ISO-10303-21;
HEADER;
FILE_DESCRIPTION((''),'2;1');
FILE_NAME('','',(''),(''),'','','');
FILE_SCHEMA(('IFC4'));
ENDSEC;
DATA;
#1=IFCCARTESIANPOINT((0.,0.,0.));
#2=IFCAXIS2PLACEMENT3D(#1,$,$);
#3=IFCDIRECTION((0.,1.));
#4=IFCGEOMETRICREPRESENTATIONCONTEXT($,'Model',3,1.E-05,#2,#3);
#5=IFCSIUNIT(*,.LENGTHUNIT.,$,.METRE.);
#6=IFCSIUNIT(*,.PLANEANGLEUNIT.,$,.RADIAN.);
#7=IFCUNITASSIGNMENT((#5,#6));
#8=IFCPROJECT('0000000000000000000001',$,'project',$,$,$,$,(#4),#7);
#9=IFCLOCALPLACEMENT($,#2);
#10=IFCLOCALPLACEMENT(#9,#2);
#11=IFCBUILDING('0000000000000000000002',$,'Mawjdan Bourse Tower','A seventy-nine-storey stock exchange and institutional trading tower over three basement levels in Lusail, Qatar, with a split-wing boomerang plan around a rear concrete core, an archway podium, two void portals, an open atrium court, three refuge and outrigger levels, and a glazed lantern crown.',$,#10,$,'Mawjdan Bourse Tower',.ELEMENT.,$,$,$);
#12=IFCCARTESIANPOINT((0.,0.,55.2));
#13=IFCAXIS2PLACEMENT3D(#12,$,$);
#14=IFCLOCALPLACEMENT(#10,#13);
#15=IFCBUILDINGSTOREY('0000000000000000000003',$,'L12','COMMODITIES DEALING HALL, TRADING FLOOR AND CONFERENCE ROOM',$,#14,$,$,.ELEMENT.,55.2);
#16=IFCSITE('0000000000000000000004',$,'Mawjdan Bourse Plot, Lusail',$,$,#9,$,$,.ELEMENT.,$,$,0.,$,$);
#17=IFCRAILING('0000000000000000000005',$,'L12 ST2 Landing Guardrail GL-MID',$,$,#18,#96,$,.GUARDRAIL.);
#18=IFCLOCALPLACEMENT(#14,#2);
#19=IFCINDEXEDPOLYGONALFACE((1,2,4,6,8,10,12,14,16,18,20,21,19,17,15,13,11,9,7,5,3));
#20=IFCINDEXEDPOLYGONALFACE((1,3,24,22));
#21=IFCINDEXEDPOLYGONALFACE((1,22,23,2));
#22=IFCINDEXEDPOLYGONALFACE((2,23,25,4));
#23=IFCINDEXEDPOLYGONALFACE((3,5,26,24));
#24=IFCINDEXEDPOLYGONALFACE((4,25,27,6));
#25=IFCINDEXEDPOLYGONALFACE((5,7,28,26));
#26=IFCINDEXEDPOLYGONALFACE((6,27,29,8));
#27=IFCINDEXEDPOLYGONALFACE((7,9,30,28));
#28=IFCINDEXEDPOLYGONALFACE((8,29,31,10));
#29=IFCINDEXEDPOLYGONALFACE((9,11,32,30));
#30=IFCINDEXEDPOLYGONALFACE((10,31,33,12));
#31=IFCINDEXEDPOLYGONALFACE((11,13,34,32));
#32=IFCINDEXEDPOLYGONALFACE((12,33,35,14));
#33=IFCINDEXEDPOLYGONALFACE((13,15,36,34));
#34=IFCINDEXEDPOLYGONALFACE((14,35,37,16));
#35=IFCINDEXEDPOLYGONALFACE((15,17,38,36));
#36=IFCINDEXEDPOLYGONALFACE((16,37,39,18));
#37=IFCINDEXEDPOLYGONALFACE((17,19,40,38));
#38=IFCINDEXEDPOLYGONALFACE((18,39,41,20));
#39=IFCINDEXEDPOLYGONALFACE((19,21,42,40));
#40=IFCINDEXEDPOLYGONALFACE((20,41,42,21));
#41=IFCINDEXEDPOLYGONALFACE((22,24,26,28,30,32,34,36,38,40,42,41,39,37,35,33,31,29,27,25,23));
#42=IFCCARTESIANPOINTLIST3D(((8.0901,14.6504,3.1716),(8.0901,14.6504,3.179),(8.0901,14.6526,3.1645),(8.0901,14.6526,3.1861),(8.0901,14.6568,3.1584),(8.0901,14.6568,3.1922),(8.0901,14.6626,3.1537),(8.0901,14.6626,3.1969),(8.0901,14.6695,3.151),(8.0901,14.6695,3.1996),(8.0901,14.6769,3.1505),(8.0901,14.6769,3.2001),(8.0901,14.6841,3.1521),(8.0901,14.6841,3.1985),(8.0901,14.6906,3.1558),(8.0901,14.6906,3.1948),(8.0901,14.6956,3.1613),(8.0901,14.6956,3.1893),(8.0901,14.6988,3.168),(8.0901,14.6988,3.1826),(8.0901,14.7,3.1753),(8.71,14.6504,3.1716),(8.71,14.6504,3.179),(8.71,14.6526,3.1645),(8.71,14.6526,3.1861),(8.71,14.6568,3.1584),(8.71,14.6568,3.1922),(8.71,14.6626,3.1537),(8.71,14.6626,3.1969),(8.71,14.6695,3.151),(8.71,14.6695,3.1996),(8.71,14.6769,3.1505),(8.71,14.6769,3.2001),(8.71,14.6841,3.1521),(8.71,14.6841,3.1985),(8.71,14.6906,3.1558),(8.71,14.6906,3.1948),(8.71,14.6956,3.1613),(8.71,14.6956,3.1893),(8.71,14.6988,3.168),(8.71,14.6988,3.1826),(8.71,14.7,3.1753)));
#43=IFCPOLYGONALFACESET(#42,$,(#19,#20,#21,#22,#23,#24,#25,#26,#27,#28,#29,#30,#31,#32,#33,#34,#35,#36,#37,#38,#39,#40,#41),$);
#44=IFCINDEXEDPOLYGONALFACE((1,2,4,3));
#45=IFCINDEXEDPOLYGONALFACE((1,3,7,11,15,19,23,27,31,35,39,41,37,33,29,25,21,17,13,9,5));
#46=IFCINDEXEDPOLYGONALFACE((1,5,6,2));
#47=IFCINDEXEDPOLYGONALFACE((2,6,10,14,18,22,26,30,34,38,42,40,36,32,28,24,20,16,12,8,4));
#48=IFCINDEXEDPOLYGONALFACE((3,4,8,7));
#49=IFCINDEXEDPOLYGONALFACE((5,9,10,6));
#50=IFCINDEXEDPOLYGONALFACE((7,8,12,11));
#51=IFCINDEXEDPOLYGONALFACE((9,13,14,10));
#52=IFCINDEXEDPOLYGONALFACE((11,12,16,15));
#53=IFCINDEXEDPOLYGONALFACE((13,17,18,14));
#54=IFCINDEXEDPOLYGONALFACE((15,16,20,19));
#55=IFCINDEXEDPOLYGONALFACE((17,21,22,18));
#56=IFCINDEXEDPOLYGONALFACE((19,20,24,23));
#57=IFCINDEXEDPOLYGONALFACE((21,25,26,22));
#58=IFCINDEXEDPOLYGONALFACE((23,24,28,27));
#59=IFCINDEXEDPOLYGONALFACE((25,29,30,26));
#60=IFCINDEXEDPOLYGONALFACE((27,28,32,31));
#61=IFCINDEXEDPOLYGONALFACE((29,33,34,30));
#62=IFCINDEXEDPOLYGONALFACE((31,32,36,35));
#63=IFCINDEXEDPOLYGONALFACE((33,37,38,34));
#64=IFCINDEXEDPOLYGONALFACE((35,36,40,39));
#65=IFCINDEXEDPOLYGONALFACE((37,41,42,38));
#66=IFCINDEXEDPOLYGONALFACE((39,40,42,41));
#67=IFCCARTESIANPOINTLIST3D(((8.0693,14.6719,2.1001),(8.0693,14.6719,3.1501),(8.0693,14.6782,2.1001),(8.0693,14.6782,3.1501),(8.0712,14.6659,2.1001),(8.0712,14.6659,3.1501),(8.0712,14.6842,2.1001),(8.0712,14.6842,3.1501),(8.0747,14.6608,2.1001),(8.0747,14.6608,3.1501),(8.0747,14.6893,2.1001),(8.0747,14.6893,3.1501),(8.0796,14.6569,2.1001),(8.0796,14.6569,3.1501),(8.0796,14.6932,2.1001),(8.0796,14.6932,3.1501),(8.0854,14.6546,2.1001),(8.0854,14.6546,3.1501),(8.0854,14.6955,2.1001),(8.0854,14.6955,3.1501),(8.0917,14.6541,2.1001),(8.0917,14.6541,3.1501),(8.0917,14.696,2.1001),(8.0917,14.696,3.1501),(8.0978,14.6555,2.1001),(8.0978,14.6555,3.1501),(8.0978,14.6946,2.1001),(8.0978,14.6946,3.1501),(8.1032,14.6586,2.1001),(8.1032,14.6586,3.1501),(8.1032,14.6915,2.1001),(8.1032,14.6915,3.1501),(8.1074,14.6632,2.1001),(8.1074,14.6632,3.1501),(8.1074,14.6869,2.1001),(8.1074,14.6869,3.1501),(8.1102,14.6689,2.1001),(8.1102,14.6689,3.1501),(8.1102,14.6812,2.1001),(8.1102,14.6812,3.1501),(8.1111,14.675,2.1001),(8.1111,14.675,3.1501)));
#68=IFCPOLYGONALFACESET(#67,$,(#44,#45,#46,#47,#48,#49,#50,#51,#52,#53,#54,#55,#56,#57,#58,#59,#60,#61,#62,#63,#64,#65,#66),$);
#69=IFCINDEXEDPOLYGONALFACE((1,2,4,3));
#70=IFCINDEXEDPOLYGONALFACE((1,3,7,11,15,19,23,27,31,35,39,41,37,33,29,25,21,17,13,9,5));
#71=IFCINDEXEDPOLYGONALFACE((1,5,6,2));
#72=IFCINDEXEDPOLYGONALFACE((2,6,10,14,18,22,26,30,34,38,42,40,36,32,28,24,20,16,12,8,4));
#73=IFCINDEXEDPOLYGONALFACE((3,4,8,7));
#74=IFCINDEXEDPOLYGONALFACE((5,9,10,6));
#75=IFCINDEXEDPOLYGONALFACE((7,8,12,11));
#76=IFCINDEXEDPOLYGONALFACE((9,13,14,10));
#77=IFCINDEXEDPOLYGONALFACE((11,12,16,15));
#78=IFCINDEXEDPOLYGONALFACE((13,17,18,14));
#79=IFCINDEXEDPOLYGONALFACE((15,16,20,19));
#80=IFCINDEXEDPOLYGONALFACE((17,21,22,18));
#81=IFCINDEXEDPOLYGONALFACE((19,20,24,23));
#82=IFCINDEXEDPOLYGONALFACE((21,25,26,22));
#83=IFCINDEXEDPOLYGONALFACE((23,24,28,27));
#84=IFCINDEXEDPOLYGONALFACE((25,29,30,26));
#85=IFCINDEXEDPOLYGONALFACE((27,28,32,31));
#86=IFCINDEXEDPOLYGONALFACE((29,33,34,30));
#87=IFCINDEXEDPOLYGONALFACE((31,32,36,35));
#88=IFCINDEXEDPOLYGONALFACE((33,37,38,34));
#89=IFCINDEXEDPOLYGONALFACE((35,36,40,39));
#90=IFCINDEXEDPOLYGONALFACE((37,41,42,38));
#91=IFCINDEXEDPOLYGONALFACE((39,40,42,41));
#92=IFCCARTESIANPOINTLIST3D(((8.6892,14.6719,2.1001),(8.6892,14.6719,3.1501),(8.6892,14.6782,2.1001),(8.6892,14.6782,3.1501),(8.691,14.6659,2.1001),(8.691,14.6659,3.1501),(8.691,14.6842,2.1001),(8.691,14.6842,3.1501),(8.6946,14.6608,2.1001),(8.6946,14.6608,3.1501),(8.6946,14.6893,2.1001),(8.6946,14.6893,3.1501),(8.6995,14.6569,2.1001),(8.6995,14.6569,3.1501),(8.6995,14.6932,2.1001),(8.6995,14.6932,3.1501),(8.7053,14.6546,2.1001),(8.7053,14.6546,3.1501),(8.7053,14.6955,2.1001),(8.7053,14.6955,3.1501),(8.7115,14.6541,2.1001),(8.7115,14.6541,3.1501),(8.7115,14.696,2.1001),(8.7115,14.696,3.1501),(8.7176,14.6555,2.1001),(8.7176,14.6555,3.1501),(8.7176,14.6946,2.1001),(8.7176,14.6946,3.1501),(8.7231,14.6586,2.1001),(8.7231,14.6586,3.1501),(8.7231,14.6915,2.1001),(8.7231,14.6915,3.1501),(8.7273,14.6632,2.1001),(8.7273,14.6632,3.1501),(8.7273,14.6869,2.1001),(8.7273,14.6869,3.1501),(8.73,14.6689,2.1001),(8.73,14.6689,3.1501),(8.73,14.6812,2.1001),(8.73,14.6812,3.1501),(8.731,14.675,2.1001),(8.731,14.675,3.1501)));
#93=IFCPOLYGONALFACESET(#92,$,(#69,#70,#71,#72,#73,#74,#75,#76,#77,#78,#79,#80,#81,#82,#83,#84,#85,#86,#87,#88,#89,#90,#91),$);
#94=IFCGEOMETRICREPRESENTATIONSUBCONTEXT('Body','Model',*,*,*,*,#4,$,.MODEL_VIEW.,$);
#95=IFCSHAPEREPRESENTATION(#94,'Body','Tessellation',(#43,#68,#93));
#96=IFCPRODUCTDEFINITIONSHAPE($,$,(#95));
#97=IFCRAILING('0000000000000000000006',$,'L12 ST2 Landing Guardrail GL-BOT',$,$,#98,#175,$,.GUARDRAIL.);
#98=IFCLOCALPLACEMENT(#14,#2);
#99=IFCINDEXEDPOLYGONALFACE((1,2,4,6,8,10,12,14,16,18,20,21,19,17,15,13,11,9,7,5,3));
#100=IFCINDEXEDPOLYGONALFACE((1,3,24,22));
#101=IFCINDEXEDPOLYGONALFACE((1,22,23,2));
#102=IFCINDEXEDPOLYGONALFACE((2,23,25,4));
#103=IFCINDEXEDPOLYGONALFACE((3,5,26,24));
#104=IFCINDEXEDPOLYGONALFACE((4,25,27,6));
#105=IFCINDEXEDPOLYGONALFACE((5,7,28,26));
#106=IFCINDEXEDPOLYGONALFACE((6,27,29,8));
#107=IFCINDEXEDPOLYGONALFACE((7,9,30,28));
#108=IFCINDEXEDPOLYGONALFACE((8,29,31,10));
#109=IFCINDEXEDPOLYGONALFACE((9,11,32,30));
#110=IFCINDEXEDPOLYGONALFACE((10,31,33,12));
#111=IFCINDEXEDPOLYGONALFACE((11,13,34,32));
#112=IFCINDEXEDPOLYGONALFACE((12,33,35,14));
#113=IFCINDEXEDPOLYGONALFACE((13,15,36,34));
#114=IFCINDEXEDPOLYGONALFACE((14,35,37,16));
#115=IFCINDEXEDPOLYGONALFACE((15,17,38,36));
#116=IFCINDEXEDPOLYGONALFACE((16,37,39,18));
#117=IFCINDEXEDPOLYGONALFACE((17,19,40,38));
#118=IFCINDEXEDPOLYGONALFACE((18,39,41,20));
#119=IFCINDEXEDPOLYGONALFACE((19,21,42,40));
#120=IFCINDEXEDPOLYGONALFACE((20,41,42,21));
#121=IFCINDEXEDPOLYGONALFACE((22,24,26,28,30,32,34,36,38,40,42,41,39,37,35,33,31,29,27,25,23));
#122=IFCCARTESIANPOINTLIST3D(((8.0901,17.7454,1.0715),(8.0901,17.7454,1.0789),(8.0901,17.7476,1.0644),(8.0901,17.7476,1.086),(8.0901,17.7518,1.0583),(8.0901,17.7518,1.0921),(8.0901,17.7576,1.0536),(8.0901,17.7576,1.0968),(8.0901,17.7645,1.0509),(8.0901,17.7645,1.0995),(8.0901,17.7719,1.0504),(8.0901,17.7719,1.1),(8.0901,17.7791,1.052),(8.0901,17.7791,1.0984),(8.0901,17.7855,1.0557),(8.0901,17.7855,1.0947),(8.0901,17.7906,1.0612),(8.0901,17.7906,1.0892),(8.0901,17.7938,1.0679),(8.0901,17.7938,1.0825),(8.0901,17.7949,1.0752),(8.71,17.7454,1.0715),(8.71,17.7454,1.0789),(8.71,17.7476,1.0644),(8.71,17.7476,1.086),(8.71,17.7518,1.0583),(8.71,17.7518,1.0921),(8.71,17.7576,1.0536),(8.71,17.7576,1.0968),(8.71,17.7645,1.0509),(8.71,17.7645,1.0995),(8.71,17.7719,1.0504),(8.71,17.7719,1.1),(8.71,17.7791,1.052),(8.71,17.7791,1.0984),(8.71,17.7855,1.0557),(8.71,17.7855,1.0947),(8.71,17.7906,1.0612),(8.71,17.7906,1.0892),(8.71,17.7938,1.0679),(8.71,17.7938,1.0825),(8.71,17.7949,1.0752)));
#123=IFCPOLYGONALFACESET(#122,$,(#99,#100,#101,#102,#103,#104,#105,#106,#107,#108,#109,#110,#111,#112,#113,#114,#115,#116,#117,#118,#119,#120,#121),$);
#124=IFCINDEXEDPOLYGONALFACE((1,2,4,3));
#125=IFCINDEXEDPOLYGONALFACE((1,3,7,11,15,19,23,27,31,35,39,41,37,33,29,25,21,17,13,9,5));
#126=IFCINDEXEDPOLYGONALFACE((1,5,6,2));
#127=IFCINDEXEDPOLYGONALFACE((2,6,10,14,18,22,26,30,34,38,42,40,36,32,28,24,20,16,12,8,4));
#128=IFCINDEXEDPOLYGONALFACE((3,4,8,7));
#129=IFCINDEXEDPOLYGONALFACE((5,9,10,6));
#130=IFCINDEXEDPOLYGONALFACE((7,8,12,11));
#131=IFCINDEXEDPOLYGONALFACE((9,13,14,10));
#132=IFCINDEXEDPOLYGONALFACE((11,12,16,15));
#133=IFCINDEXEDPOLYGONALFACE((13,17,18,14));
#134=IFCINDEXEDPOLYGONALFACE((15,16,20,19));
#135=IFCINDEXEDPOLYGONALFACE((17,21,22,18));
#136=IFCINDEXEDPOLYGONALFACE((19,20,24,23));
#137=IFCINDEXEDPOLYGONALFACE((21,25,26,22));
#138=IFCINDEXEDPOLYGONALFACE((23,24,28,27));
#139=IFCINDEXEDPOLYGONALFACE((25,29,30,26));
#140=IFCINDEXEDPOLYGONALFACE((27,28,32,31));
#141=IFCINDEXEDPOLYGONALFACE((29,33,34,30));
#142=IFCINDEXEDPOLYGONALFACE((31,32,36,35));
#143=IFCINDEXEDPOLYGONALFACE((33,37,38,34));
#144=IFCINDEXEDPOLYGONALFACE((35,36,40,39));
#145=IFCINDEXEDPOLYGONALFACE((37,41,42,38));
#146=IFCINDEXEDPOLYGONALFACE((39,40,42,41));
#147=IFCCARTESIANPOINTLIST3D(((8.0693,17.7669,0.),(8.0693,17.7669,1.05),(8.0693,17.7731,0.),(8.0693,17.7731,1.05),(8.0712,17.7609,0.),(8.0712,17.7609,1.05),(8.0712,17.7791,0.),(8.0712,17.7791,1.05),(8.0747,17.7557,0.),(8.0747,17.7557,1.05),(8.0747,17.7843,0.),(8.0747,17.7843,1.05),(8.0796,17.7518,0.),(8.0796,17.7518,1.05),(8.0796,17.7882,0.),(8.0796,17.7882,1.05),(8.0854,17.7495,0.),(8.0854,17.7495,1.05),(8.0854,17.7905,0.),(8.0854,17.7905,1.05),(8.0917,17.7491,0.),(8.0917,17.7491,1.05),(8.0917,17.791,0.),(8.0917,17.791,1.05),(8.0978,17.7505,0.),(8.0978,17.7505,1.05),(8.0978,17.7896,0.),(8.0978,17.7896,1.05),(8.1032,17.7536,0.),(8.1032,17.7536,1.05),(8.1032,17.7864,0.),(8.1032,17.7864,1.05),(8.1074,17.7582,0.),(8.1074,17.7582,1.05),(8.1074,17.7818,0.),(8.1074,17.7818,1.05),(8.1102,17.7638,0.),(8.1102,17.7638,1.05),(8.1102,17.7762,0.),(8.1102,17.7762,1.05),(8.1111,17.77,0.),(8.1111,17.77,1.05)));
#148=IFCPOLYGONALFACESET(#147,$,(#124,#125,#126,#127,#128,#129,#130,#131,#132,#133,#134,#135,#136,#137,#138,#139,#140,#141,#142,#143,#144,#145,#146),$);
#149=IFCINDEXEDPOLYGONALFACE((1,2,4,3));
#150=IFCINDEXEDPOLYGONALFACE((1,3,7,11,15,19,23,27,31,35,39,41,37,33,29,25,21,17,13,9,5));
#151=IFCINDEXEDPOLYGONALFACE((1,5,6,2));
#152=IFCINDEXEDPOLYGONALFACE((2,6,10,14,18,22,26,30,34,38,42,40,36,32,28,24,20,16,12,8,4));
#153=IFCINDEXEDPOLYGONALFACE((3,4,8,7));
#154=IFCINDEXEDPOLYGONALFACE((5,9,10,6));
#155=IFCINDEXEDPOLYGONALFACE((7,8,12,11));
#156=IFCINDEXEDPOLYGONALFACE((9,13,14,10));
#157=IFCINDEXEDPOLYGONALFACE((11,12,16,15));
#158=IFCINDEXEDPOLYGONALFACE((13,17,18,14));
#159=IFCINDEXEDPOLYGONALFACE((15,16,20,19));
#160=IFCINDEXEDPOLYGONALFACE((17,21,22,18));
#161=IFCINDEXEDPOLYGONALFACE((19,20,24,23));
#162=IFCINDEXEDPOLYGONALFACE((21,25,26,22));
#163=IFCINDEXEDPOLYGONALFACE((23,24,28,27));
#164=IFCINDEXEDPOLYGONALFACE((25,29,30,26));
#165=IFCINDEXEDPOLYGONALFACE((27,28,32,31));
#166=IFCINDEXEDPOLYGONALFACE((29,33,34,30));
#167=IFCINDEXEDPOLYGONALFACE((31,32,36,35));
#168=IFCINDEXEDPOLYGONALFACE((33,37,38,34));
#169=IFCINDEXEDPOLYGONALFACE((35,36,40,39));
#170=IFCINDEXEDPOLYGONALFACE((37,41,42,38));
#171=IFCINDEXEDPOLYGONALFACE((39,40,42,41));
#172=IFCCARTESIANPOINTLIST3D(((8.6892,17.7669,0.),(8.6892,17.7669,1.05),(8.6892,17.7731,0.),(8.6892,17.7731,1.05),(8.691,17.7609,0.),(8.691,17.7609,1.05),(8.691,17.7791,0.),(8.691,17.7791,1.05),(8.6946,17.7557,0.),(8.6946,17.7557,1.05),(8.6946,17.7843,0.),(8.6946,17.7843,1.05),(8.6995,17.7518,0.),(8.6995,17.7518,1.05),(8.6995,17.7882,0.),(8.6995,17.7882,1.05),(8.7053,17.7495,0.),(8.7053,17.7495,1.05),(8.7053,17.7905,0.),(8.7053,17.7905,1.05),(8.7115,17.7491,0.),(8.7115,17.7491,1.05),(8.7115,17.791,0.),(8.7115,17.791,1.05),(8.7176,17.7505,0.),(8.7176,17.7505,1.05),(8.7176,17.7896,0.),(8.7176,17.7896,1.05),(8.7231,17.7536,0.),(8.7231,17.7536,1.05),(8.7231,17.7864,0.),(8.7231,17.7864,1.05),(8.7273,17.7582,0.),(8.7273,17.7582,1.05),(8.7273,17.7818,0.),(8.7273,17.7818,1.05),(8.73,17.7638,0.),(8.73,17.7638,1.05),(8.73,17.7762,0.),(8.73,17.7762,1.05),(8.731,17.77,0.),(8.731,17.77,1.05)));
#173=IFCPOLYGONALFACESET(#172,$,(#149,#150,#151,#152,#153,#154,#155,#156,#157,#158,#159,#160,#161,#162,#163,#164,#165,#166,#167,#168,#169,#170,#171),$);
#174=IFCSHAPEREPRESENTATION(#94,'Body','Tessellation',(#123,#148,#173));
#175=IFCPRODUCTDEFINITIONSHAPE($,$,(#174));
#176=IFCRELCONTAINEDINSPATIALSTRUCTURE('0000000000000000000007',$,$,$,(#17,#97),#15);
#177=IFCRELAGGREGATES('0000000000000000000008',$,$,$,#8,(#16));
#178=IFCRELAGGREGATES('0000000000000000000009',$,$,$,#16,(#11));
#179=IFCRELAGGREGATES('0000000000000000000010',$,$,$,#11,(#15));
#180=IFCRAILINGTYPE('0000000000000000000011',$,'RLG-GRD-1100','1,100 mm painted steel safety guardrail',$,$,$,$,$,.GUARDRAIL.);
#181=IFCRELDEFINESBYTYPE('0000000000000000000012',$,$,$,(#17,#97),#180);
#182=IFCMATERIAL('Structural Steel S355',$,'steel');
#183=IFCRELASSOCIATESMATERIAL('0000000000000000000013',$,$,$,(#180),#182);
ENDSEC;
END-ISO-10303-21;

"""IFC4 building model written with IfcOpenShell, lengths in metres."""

from ifc_helpers import new_model, si_unit, direction, frame, origin, origin_2d, place, context, subcontext, project, spatial, circle, extrude, material, type_object, element, save


model = new_model("IFC4")

# Units and contexts
model_context = context("Model", 3, precision=1e-05, world=origin(), true_north=direction((0.0, 1.0)))
body_context = subcontext(model_context, "Body", "Model", "MODEL_VIEW")
ifc_project = project(units=[si_unit("LENGTHUNIT", "METRE"), si_unit("PLANEANGLEUNIT", "RADIAN")], contexts=[model_context])

# Site, building, storey
site_placement = place(None, origin())
site = spatial("IfcSite", under=ifc_project, at=site_placement, Name="Mawjdan Bourse Plot, Lusail", CompositionType="ELEMENT", RefElevation=0.0)
building_placement = place(site_placement, origin())
building = spatial("IfcBuilding", under=site, at=building_placement, Name="Mawjdan Bourse Tower", Description="A seventy-nine-storey stock exchange and institutional trading tower over three basement levels in Lusail, Qatar, with a split-wing boomerang plan around a rear concrete core, an archway podium, two void portals, an open atrium court, three refuge and outrigger levels, and a glazed lantern crown.", LongName="Mawjdan Bourse Tower", CompositionType="ELEMENT")
storey_placement = place(building_placement, frame((0.0, 0.0, 55.2)))
storey = spatial("IfcBuildingStorey", under=building, at=storey_placement, Name="L12", Description="COMMODITIES DEALING HALL, TRADING FLOOR AND CONFERENCE ROOM", CompositionType="ELEMENT", Elevation=55.2)

# Railings
ifc_material_1 = material(Name="Structural Steel S355", Category="steel")
railing_type_1 = type_object("IfcRailingType", Name="RLG-GRD-1100", Description="1,100 mm painted steel safety guardrail", PredefinedType="GUARDRAIL", material=ifc_material_1)
for number, where, name in (
    (1, (8.0901, 14.675, 2.1001), "L12 ST2 Landing Guardrail GL-MID"),
    (2, (8.0901, 17.77, 0.0), "L12 ST2 Landing Guardrail GL-BOT"),
):
    element("IfcRailing", number, at=place(storey_placement, frame(where)), inside=storey, type_object=railing_type_1, Name=name, PredefinedType="GUARDRAIL", context=body_context, shape_type="SweptSolid", body=[
        extrude(circle(Radius=0.0249, at=origin_2d()), frame((0.0, 0.0, 1.0752), z_axis=(1.0, 0.0, 0.0), x_axis=(0.0, 1.0, 0.0)), (0.0, 0.0, 1.0), 0.6199),
        extrude(circle(Radius=0.021, at=origin_2d()), origin(), (0.0, 0.0, 1.0), 1.05),
        extrude(circle(Radius=0.021, at=origin_2d()), frame((0.6199, 0.0, 0.0)), (0.0, 0.0, 1.0), 1.05),
    ])

save(model, "model.ifc")
